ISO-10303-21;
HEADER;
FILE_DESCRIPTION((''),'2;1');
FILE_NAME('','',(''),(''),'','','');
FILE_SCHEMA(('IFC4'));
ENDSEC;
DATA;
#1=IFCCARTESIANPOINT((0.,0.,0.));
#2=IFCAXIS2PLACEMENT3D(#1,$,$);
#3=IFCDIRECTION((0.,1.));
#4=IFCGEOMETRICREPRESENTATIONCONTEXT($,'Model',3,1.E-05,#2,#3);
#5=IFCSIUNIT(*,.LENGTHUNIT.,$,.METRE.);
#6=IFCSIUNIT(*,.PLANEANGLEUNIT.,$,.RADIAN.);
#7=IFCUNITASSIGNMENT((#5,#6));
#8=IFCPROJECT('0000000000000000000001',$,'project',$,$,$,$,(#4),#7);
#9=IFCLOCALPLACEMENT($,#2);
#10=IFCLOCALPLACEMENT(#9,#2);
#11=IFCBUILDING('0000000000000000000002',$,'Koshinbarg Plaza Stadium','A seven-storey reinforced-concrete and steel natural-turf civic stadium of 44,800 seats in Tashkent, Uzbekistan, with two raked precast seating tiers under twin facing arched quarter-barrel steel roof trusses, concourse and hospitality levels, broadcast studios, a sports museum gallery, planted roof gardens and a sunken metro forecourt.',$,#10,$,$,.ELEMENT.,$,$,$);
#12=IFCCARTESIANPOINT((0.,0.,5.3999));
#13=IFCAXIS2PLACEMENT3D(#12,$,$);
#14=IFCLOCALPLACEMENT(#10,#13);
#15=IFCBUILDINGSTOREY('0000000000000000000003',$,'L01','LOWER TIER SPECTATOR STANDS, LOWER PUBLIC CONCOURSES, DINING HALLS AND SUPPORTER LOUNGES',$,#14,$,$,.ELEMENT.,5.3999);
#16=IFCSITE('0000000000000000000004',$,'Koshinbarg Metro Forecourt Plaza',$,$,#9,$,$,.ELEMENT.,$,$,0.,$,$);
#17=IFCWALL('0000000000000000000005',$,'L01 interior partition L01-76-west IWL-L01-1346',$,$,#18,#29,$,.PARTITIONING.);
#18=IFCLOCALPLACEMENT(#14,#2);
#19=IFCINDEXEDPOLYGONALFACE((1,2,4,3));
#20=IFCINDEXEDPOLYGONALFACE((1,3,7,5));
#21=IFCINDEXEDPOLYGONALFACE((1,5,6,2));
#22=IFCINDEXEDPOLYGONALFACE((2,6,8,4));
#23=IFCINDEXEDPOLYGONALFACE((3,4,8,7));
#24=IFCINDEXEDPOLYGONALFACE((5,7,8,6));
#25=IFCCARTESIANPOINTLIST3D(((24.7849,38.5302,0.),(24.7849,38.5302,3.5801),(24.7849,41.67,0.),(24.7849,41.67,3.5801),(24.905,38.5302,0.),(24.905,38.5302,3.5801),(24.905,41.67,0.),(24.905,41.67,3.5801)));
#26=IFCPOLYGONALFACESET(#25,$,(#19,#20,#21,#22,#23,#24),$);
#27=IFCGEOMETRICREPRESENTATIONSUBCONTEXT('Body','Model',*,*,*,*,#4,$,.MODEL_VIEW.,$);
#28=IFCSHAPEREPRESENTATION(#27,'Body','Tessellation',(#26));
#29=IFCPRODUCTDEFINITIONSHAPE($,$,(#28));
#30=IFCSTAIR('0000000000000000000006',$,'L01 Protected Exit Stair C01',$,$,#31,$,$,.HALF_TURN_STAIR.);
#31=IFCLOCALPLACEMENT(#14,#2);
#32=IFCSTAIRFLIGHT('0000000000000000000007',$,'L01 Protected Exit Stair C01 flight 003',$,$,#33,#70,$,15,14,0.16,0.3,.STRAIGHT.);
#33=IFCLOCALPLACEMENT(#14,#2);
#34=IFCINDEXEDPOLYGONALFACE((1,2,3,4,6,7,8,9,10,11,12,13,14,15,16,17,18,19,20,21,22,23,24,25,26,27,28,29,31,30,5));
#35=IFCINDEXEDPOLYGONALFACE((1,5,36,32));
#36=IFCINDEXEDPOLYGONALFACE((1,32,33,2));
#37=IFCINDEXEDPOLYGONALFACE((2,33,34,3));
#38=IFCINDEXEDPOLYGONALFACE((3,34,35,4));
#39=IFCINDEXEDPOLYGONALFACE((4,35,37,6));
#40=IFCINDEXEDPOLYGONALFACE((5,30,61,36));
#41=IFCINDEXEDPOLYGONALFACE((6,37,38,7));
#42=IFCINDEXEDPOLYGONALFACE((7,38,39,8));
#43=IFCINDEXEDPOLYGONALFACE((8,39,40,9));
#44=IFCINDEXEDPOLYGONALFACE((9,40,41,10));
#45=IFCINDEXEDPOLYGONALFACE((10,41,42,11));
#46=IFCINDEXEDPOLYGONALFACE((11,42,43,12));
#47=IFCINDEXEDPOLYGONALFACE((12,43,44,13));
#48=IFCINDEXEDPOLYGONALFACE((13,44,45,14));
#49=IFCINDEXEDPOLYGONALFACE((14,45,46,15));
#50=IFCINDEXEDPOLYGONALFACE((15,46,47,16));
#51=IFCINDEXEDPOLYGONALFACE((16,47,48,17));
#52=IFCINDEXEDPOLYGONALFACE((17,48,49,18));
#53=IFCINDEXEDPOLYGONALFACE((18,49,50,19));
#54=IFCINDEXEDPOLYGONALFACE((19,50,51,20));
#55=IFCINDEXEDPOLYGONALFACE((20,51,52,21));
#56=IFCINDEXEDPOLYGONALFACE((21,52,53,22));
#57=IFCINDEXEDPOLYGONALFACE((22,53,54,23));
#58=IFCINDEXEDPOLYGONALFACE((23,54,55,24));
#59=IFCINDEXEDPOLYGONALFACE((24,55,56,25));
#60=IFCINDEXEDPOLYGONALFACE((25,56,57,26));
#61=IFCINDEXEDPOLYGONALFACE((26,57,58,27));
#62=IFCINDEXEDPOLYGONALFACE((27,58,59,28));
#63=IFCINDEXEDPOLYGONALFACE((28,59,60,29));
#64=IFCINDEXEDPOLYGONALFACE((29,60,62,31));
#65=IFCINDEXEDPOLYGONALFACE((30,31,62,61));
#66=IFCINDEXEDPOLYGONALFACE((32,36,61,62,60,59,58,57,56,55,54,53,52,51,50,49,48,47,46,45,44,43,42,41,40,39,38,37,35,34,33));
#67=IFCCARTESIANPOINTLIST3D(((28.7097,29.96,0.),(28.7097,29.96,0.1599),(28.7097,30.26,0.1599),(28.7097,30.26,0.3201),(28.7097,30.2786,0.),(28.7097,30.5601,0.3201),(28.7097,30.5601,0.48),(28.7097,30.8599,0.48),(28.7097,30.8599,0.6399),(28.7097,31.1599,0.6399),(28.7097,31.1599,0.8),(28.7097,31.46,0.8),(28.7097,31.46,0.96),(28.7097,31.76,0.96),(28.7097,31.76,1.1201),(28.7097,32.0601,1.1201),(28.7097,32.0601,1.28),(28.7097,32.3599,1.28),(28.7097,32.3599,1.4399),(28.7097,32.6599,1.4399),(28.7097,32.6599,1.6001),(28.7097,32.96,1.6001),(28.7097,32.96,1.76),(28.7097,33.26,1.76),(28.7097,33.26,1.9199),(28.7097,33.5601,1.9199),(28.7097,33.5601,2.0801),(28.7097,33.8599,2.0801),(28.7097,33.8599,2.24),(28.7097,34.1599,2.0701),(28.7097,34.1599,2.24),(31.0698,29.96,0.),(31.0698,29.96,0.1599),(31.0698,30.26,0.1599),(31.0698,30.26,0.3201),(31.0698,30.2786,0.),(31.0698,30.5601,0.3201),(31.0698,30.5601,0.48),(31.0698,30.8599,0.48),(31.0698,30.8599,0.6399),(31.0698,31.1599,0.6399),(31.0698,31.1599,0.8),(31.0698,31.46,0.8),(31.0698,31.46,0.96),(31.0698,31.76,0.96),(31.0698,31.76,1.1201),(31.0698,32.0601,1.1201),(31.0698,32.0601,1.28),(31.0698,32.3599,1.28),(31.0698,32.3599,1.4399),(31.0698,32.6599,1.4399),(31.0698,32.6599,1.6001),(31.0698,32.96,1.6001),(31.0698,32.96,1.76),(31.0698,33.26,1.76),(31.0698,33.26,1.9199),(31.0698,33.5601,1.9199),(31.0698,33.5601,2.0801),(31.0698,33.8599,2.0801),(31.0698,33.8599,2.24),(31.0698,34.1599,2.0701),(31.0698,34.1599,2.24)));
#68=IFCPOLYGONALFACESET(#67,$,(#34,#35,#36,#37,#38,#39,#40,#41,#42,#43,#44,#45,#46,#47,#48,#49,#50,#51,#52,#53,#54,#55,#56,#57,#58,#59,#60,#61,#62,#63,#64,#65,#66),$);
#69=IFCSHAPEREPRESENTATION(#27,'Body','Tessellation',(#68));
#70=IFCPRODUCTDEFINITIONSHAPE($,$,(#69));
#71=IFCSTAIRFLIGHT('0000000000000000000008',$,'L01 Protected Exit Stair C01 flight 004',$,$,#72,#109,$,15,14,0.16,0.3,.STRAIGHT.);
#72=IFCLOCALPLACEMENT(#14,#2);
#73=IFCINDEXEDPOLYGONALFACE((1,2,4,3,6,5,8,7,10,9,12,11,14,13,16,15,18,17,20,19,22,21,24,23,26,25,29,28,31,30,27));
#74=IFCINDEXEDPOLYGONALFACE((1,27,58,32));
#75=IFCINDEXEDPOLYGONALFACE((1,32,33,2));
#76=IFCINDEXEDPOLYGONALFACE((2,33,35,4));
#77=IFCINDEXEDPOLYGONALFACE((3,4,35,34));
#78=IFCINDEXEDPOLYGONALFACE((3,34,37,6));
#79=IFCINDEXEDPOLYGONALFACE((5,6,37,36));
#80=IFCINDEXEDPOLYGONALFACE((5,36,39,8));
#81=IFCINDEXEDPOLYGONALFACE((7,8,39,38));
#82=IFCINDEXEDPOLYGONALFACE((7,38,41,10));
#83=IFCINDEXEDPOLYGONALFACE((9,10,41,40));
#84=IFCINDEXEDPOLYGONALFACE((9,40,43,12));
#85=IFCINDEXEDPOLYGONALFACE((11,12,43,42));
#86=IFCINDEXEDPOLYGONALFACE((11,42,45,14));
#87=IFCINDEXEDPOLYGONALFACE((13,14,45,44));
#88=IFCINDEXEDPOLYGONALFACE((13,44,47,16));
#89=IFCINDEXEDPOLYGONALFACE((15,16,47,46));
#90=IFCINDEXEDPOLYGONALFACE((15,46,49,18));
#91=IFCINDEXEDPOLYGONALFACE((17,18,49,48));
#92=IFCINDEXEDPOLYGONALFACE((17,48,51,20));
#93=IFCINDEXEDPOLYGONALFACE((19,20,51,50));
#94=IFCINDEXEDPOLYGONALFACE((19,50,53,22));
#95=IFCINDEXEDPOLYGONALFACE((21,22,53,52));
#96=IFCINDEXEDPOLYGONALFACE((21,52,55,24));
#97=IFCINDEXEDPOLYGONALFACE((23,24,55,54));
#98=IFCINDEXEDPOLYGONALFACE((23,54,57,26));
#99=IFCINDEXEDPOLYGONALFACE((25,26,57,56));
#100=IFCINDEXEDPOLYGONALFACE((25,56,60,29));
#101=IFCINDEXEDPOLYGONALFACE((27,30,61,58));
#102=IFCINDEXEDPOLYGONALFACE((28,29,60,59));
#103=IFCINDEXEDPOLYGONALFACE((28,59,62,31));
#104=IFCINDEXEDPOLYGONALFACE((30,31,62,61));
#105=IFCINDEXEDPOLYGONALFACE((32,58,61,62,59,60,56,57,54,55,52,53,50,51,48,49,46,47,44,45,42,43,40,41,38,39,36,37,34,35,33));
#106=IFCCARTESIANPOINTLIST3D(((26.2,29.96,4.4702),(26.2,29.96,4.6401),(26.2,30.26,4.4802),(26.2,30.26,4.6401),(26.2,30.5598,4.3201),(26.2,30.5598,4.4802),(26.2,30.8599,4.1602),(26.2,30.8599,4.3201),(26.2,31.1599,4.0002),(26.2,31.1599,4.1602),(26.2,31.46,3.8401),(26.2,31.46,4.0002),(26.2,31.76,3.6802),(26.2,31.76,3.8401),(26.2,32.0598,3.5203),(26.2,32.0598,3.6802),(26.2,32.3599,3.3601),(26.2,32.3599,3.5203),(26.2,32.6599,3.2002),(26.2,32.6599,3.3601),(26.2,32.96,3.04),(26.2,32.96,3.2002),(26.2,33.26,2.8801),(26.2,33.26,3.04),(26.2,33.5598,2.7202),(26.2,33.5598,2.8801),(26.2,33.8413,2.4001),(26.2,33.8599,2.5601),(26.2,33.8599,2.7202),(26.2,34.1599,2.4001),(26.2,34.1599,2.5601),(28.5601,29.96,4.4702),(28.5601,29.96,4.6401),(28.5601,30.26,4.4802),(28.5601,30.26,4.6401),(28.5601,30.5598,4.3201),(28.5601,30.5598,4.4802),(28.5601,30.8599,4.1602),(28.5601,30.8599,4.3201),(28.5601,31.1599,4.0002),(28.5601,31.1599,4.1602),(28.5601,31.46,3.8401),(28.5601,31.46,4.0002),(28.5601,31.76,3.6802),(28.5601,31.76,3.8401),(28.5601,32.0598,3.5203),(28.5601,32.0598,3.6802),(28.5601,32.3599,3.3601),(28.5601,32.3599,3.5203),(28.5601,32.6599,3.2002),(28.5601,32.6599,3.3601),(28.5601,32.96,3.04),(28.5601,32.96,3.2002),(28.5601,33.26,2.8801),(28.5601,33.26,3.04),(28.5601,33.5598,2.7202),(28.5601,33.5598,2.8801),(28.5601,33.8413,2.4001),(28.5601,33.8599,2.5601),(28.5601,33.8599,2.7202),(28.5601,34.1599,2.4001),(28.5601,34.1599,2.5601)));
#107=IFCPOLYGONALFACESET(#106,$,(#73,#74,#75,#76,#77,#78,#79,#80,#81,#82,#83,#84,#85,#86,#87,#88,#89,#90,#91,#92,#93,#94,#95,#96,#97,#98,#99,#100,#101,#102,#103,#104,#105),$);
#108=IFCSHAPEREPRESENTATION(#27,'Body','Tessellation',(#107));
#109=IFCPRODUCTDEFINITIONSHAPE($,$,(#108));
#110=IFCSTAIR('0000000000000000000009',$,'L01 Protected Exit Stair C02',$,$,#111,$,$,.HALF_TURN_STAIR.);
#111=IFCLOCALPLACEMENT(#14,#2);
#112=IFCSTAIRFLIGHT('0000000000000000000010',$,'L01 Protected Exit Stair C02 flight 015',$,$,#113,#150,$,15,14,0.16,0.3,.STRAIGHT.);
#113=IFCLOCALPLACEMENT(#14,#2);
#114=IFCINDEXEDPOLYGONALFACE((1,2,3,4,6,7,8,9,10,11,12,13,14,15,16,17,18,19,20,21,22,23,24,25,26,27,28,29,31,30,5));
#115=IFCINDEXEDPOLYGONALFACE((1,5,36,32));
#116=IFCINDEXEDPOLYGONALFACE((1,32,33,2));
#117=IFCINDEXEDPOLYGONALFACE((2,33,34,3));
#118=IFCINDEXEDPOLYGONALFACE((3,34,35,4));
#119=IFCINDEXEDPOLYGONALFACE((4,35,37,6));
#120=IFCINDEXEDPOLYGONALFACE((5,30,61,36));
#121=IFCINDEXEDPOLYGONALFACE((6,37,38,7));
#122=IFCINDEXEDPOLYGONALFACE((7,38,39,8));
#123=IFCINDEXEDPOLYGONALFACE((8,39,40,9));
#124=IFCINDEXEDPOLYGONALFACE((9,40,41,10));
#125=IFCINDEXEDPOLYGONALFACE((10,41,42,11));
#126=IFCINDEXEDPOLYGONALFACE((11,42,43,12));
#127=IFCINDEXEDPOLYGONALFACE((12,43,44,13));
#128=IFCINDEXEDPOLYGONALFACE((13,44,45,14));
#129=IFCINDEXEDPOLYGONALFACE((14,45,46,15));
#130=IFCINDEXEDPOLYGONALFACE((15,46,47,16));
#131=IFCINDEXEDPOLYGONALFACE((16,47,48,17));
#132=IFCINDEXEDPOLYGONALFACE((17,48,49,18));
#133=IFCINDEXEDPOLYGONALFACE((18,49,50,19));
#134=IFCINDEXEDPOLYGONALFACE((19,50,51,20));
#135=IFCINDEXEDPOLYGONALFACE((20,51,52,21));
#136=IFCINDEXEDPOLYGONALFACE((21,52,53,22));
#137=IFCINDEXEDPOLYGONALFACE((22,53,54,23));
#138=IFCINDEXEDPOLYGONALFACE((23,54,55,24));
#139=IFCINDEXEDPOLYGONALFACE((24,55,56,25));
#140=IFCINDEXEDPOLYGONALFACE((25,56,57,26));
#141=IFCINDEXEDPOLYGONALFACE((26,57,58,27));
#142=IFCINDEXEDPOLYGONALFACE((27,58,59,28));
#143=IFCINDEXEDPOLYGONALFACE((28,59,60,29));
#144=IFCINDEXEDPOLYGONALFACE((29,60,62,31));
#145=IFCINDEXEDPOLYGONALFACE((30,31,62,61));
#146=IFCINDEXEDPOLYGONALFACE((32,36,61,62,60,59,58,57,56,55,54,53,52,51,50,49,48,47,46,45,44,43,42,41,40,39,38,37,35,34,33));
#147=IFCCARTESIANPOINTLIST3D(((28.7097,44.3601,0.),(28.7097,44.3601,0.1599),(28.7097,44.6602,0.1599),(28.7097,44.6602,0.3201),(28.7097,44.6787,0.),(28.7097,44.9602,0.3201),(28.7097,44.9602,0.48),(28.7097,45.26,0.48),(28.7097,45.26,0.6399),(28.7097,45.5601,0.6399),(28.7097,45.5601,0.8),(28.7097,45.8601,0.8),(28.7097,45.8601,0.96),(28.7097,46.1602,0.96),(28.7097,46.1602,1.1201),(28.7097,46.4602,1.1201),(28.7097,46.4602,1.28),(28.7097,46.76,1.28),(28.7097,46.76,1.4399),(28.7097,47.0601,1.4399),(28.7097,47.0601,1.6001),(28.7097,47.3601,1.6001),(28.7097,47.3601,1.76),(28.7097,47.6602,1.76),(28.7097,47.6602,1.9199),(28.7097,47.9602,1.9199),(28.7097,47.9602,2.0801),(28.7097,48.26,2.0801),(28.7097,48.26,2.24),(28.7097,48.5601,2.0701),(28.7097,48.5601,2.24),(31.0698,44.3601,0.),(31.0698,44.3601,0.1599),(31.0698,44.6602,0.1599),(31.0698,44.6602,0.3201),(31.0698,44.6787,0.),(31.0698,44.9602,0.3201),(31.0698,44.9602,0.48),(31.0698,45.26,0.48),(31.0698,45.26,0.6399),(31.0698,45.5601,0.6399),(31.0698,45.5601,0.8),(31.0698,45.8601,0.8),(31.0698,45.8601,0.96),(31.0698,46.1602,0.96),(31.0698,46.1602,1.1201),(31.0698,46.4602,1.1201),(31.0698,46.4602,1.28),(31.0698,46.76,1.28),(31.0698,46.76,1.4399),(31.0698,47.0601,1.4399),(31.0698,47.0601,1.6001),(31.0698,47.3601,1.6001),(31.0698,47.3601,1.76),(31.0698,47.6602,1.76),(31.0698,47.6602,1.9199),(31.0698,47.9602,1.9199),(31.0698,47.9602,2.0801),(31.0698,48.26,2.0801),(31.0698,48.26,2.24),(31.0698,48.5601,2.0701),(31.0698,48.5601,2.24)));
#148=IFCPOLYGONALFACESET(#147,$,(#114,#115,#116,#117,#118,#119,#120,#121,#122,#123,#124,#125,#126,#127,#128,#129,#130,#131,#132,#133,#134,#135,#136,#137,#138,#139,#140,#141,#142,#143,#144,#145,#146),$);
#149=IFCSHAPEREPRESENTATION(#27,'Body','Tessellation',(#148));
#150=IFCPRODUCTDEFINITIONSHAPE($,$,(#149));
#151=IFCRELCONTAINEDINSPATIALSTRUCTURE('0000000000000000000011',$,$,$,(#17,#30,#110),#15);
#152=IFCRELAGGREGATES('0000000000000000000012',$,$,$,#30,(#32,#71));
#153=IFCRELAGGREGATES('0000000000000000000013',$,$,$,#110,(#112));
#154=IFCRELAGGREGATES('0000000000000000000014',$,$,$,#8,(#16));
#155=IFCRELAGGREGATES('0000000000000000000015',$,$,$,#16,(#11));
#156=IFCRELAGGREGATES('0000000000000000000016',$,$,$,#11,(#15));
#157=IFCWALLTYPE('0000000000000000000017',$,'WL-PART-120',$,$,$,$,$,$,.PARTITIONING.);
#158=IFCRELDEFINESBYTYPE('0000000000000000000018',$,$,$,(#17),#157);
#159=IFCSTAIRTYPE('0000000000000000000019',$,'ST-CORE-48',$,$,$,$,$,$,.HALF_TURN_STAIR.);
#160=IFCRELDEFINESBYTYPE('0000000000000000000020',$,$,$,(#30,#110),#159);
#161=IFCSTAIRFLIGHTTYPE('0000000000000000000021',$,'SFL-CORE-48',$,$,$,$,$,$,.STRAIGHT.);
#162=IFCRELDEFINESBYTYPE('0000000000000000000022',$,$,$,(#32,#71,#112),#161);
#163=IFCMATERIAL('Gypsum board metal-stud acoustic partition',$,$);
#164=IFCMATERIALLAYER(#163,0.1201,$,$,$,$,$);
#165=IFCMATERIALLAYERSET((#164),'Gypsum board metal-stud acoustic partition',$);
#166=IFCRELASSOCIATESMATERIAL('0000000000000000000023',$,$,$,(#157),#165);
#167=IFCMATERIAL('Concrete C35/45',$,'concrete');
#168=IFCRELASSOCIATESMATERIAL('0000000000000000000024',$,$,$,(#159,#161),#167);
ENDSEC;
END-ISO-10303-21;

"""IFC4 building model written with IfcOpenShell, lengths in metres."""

from ifc_helpers import new_model, si_unit, direction, frame, frame_2d, origin, place, context, subcontext, project, spatial, polyline, rectangle, outline, extrude, material, layer, layer_set, type_object, element, aggregate, save


model = new_model("IFC4")

# Units and contexts
model_context = context("Model", 3, precision=1e-05, world=origin(), true_north=direction((0.0, 1.0)))
body_context = subcontext(model_context, "Body", "Model", "MODEL_VIEW")
ifc_project = project(units=[si_unit("LENGTHUNIT", "METRE"), si_unit("PLANEANGLEUNIT", "RADIAN")], contexts=[model_context])

# Site, building, storey
site_placement = place(None, origin())
site = spatial("IfcSite", under=ifc_project, at=site_placement, Name="Koshinbarg Metro Forecourt Plaza", CompositionType="ELEMENT", RefElevation=0.0)
building_placement = place(site_placement, origin())
building = spatial("IfcBuilding", under=site, at=building_placement, Name="Koshinbarg Plaza Stadium", Description="A seven-storey reinforced-concrete and steel natural-turf civic stadium of 44,800 seats in Tashkent, Uzbekistan, with two raked precast seating tiers under twin facing arched quarter-barrel steel roof trusses, concourse and hospitality levels, broadcast studios, a sports museum gallery, planted roof gardens and a sunken metro forecourt.", CompositionType="ELEMENT")
storey_placement = place(building_placement, frame((0.0, 0.0, 5.3999)))
storey = spatial("IfcBuildingStorey", under=building, at=storey_placement, Name="L01", Description="LOWER TIER SPECTATOR STANDS, LOWER PUBLIC CONCOURSES, DINING HALLS AND SUPPORTER LOUNGES", CompositionType="ELEMENT", Elevation=5.3999)

# Wall
ifc_material_1 = material(Name="Gypsum board metal-stud acoustic partition")
ifc_layer_1 = layer(ifc_material_1, 0.1201)
ifc_layer_set_1 = layer_set([ifc_layer_1], Name="Gypsum board metal-stud acoustic partition")
wall_type_1 = type_object("IfcWallType", Name="WL-PART-120", PredefinedType="PARTITIONING", material=ifc_layer_set_1)
wall_1_placement = place(storey_placement, frame((24.845, 41.6699, 0.0), z_axis=(0.0, 0.0, 1.0), x_axis=(0.0, -1.0, 0.0)))
element("IfcWall", 1, at=wall_1_placement, inside=storey, type_object=wall_type_1, Name="L01 interior partition L01-76-west IWL-L01-1346", PredefinedType="PARTITIONING", context=body_context, shape_type="SweptSolid", body=[
    extrude(rectangle(XDim=3.1399, YDim=0.1201, at=frame_2d((1.5698, 0.0))), origin(), (0.0, 0.0, 1.0), 3.5801),
])

# Stair, stair flights
ifc_material_2 = material(Name="Concrete C35/45", Category="concrete")
stair_type = type_object("IfcStairType", Name="ST-CORE-48", PredefinedType="HALF_TURN_STAIR", material=ifc_material_2)
stair_1_placement = place(storey_placement, origin())
stair_1 = element("IfcStair", 2, at=stair_1_placement, inside=storey, type_object=stair_type, Name="L01 Protected Exit Stair C01", PredefinedType="HALF_TURN_STAIR")
stair_flight_type = type_object("IfcStairFlightType", Name="SFL-CORE-48", PredefinedType="STRAIGHT", material=ifc_material_2)
stair_flight_1_placement = place(storey_placement, frame((29.8899, 29.96, 0.0), z_axis=(0.0, 0.0, 1.0), x_axis=(0.0, 1.0, 0.0)))
stair_flight_1 = element("IfcStairFlight", 3, at=stair_flight_1_placement, type_object=stair_flight_type, Name="L01 Protected Exit Stair C01 flight 003", NumberOfRisers=15, NumberOfTreads=14, PredefinedType="STRAIGHT", RiserHeight=0.16, TreadLength=0.3, context=body_context, shape_type="SweptSolid", body=[
    extrude(outline(polyline([(0.0, 0.0), (0.0, 0.1599), (0.3, 0.1599), (0.3, 0.3201), (0.6001, 0.3201), (0.6001, 0.48), (0.8999, 0.48), (0.8999, 0.6399), (1.2, 0.6399), (1.2, 0.8), (1.5, 0.8), (1.5, 0.96), (1.8, 0.96), (1.8, 1.1201), (2.1001, 1.1201), (2.1001, 1.28), (2.3999, 1.28), (2.3999, 1.4399), (2.7, 1.4399), (2.7, 1.6001), (3.0, 1.6001), (3.0, 1.76), (3.3, 1.76), (3.3, 1.9199), (3.6001, 1.9199), (3.6001, 2.0801), (3.8999, 2.0801), (3.8999, 2.24), (4.2, 2.24), (4.2, 2.3999), (4.2, 2.0701), (0.3186, 0.0), (0.0, 0.0)])), frame((0.0, 1.1802, 0.0), z_axis=(0.0, -1.0, 0.0), x_axis=(1.0, 0.0, 0.0)), (0.0, 0.0, 1.0), 2.3601),
])
stair_flight_2_placement = place(storey_placement, frame((27.3799, 34.1599, 2.4001), z_axis=(0.0, 0.0, 1.0), x_axis=(0.0, -1.0, 0.0)))
stair_flight_2 = element("IfcStairFlight", 4, at=stair_flight_2_placement, type_object=stair_flight_type, Name="L01 Protected Exit Stair C01 flight 004", NumberOfRisers=15, NumberOfTreads=14, PredefinedType="STRAIGHT", RiserHeight=0.16, TreadLength=0.3, context=body_context, shape_type="SweptSolid", body=[
    extrude(outline(polyline([(0.0, 0.0), (0.0, 0.1599), (0.3, 0.1599), (0.3, 0.3201), (0.6001, 0.3201), (0.6001, 0.48), (0.8999, 0.48), (0.8999, 0.6399), (1.2, 0.6399), (1.2, 0.8), (1.5, 0.8), (1.5, 0.96), (1.8, 0.96), (1.8, 1.1201), (2.1001, 1.1201), (2.1001, 1.28), (2.3999, 1.28), (2.3999, 1.4399), (2.7, 1.4399), (2.7, 1.6001), (3.0, 1.6001), (3.0, 1.76), (3.3, 1.76), (3.3, 1.9199), (3.6001, 1.9199), (3.6001, 2.0801), (3.8999, 2.0801), (3.8999, 2.24), (4.2, 2.24), (4.2, 2.3999), (4.2, 2.0701), (0.3186, 0.0), (0.0, 0.0)])), frame((0.0, 1.1802, 0.0), z_axis=(0.0, -1.0, 0.0), x_axis=(1.0, 0.0, 0.0)), (0.0, 0.0, 1.0), 2.3601),
])
aggregate(stair_1, [stair_flight_1, stair_flight_2])

# Stair, stair flight
stair_2_placement = place(storey_placement, origin())
stair_2 = element("IfcStair", 5, at=stair_2_placement, inside=storey, type_object=stair_type, Name="L01 Protected Exit Stair C02", PredefinedType="HALF_TURN_STAIR")
stair_flight_3_placement = place(storey_placement, frame((29.8899, 44.3601, 0.0), z_axis=(0.0, 0.0, 1.0), x_axis=(0.0, 1.0, 0.0)))
stair_flight_3 = element("IfcStairFlight", 6, at=stair_flight_3_placement, type_object=stair_flight_type, Name="L01 Protected Exit Stair C02 flight 015", NumberOfRisers=15, NumberOfTreads=14, PredefinedType="STRAIGHT", RiserHeight=0.16, TreadLength=0.3, context=body_context, shape_type="SweptSolid", body=[
    extrude(outline(polyline([(0.0, 0.0), (0.0, 0.1599), (0.3, 0.1599), (0.3, 0.3201), (0.6001, 0.3201), (0.6001, 0.48), (0.8999, 0.48), (0.8999, 0.6399), (1.2, 0.6399), (1.2, 0.8), (1.5, 0.8), (1.5, 0.96), (1.8, 0.96), (1.8, 1.1201), (2.1001, 1.1201), (2.1001, 1.28), (2.3999, 1.28), (2.3999, 1.4399), (2.7, 1.4399), (2.7, 1.6001), (3.0, 1.6001), (3.0, 1.76), (3.3, 1.76), (3.3, 1.9199), (3.6001, 1.9199), (3.6001, 2.0801), (3.8999, 2.0801), (3.8999, 2.24), (4.2, 2.24), (4.2, 2.3999), (4.2, 2.0701), (0.3186, 0.0), (0.0, 0.0)])), frame((0.0, 1.1802, 0.0), z_axis=(0.0, -1.0, 0.0), x_axis=(1.0, 0.0, 0.0)), (0.0, 0.0, 1.0), 2.3601),
])
aggregate(stair_2, [stair_flight_3])

save(model, "model.ifc")
